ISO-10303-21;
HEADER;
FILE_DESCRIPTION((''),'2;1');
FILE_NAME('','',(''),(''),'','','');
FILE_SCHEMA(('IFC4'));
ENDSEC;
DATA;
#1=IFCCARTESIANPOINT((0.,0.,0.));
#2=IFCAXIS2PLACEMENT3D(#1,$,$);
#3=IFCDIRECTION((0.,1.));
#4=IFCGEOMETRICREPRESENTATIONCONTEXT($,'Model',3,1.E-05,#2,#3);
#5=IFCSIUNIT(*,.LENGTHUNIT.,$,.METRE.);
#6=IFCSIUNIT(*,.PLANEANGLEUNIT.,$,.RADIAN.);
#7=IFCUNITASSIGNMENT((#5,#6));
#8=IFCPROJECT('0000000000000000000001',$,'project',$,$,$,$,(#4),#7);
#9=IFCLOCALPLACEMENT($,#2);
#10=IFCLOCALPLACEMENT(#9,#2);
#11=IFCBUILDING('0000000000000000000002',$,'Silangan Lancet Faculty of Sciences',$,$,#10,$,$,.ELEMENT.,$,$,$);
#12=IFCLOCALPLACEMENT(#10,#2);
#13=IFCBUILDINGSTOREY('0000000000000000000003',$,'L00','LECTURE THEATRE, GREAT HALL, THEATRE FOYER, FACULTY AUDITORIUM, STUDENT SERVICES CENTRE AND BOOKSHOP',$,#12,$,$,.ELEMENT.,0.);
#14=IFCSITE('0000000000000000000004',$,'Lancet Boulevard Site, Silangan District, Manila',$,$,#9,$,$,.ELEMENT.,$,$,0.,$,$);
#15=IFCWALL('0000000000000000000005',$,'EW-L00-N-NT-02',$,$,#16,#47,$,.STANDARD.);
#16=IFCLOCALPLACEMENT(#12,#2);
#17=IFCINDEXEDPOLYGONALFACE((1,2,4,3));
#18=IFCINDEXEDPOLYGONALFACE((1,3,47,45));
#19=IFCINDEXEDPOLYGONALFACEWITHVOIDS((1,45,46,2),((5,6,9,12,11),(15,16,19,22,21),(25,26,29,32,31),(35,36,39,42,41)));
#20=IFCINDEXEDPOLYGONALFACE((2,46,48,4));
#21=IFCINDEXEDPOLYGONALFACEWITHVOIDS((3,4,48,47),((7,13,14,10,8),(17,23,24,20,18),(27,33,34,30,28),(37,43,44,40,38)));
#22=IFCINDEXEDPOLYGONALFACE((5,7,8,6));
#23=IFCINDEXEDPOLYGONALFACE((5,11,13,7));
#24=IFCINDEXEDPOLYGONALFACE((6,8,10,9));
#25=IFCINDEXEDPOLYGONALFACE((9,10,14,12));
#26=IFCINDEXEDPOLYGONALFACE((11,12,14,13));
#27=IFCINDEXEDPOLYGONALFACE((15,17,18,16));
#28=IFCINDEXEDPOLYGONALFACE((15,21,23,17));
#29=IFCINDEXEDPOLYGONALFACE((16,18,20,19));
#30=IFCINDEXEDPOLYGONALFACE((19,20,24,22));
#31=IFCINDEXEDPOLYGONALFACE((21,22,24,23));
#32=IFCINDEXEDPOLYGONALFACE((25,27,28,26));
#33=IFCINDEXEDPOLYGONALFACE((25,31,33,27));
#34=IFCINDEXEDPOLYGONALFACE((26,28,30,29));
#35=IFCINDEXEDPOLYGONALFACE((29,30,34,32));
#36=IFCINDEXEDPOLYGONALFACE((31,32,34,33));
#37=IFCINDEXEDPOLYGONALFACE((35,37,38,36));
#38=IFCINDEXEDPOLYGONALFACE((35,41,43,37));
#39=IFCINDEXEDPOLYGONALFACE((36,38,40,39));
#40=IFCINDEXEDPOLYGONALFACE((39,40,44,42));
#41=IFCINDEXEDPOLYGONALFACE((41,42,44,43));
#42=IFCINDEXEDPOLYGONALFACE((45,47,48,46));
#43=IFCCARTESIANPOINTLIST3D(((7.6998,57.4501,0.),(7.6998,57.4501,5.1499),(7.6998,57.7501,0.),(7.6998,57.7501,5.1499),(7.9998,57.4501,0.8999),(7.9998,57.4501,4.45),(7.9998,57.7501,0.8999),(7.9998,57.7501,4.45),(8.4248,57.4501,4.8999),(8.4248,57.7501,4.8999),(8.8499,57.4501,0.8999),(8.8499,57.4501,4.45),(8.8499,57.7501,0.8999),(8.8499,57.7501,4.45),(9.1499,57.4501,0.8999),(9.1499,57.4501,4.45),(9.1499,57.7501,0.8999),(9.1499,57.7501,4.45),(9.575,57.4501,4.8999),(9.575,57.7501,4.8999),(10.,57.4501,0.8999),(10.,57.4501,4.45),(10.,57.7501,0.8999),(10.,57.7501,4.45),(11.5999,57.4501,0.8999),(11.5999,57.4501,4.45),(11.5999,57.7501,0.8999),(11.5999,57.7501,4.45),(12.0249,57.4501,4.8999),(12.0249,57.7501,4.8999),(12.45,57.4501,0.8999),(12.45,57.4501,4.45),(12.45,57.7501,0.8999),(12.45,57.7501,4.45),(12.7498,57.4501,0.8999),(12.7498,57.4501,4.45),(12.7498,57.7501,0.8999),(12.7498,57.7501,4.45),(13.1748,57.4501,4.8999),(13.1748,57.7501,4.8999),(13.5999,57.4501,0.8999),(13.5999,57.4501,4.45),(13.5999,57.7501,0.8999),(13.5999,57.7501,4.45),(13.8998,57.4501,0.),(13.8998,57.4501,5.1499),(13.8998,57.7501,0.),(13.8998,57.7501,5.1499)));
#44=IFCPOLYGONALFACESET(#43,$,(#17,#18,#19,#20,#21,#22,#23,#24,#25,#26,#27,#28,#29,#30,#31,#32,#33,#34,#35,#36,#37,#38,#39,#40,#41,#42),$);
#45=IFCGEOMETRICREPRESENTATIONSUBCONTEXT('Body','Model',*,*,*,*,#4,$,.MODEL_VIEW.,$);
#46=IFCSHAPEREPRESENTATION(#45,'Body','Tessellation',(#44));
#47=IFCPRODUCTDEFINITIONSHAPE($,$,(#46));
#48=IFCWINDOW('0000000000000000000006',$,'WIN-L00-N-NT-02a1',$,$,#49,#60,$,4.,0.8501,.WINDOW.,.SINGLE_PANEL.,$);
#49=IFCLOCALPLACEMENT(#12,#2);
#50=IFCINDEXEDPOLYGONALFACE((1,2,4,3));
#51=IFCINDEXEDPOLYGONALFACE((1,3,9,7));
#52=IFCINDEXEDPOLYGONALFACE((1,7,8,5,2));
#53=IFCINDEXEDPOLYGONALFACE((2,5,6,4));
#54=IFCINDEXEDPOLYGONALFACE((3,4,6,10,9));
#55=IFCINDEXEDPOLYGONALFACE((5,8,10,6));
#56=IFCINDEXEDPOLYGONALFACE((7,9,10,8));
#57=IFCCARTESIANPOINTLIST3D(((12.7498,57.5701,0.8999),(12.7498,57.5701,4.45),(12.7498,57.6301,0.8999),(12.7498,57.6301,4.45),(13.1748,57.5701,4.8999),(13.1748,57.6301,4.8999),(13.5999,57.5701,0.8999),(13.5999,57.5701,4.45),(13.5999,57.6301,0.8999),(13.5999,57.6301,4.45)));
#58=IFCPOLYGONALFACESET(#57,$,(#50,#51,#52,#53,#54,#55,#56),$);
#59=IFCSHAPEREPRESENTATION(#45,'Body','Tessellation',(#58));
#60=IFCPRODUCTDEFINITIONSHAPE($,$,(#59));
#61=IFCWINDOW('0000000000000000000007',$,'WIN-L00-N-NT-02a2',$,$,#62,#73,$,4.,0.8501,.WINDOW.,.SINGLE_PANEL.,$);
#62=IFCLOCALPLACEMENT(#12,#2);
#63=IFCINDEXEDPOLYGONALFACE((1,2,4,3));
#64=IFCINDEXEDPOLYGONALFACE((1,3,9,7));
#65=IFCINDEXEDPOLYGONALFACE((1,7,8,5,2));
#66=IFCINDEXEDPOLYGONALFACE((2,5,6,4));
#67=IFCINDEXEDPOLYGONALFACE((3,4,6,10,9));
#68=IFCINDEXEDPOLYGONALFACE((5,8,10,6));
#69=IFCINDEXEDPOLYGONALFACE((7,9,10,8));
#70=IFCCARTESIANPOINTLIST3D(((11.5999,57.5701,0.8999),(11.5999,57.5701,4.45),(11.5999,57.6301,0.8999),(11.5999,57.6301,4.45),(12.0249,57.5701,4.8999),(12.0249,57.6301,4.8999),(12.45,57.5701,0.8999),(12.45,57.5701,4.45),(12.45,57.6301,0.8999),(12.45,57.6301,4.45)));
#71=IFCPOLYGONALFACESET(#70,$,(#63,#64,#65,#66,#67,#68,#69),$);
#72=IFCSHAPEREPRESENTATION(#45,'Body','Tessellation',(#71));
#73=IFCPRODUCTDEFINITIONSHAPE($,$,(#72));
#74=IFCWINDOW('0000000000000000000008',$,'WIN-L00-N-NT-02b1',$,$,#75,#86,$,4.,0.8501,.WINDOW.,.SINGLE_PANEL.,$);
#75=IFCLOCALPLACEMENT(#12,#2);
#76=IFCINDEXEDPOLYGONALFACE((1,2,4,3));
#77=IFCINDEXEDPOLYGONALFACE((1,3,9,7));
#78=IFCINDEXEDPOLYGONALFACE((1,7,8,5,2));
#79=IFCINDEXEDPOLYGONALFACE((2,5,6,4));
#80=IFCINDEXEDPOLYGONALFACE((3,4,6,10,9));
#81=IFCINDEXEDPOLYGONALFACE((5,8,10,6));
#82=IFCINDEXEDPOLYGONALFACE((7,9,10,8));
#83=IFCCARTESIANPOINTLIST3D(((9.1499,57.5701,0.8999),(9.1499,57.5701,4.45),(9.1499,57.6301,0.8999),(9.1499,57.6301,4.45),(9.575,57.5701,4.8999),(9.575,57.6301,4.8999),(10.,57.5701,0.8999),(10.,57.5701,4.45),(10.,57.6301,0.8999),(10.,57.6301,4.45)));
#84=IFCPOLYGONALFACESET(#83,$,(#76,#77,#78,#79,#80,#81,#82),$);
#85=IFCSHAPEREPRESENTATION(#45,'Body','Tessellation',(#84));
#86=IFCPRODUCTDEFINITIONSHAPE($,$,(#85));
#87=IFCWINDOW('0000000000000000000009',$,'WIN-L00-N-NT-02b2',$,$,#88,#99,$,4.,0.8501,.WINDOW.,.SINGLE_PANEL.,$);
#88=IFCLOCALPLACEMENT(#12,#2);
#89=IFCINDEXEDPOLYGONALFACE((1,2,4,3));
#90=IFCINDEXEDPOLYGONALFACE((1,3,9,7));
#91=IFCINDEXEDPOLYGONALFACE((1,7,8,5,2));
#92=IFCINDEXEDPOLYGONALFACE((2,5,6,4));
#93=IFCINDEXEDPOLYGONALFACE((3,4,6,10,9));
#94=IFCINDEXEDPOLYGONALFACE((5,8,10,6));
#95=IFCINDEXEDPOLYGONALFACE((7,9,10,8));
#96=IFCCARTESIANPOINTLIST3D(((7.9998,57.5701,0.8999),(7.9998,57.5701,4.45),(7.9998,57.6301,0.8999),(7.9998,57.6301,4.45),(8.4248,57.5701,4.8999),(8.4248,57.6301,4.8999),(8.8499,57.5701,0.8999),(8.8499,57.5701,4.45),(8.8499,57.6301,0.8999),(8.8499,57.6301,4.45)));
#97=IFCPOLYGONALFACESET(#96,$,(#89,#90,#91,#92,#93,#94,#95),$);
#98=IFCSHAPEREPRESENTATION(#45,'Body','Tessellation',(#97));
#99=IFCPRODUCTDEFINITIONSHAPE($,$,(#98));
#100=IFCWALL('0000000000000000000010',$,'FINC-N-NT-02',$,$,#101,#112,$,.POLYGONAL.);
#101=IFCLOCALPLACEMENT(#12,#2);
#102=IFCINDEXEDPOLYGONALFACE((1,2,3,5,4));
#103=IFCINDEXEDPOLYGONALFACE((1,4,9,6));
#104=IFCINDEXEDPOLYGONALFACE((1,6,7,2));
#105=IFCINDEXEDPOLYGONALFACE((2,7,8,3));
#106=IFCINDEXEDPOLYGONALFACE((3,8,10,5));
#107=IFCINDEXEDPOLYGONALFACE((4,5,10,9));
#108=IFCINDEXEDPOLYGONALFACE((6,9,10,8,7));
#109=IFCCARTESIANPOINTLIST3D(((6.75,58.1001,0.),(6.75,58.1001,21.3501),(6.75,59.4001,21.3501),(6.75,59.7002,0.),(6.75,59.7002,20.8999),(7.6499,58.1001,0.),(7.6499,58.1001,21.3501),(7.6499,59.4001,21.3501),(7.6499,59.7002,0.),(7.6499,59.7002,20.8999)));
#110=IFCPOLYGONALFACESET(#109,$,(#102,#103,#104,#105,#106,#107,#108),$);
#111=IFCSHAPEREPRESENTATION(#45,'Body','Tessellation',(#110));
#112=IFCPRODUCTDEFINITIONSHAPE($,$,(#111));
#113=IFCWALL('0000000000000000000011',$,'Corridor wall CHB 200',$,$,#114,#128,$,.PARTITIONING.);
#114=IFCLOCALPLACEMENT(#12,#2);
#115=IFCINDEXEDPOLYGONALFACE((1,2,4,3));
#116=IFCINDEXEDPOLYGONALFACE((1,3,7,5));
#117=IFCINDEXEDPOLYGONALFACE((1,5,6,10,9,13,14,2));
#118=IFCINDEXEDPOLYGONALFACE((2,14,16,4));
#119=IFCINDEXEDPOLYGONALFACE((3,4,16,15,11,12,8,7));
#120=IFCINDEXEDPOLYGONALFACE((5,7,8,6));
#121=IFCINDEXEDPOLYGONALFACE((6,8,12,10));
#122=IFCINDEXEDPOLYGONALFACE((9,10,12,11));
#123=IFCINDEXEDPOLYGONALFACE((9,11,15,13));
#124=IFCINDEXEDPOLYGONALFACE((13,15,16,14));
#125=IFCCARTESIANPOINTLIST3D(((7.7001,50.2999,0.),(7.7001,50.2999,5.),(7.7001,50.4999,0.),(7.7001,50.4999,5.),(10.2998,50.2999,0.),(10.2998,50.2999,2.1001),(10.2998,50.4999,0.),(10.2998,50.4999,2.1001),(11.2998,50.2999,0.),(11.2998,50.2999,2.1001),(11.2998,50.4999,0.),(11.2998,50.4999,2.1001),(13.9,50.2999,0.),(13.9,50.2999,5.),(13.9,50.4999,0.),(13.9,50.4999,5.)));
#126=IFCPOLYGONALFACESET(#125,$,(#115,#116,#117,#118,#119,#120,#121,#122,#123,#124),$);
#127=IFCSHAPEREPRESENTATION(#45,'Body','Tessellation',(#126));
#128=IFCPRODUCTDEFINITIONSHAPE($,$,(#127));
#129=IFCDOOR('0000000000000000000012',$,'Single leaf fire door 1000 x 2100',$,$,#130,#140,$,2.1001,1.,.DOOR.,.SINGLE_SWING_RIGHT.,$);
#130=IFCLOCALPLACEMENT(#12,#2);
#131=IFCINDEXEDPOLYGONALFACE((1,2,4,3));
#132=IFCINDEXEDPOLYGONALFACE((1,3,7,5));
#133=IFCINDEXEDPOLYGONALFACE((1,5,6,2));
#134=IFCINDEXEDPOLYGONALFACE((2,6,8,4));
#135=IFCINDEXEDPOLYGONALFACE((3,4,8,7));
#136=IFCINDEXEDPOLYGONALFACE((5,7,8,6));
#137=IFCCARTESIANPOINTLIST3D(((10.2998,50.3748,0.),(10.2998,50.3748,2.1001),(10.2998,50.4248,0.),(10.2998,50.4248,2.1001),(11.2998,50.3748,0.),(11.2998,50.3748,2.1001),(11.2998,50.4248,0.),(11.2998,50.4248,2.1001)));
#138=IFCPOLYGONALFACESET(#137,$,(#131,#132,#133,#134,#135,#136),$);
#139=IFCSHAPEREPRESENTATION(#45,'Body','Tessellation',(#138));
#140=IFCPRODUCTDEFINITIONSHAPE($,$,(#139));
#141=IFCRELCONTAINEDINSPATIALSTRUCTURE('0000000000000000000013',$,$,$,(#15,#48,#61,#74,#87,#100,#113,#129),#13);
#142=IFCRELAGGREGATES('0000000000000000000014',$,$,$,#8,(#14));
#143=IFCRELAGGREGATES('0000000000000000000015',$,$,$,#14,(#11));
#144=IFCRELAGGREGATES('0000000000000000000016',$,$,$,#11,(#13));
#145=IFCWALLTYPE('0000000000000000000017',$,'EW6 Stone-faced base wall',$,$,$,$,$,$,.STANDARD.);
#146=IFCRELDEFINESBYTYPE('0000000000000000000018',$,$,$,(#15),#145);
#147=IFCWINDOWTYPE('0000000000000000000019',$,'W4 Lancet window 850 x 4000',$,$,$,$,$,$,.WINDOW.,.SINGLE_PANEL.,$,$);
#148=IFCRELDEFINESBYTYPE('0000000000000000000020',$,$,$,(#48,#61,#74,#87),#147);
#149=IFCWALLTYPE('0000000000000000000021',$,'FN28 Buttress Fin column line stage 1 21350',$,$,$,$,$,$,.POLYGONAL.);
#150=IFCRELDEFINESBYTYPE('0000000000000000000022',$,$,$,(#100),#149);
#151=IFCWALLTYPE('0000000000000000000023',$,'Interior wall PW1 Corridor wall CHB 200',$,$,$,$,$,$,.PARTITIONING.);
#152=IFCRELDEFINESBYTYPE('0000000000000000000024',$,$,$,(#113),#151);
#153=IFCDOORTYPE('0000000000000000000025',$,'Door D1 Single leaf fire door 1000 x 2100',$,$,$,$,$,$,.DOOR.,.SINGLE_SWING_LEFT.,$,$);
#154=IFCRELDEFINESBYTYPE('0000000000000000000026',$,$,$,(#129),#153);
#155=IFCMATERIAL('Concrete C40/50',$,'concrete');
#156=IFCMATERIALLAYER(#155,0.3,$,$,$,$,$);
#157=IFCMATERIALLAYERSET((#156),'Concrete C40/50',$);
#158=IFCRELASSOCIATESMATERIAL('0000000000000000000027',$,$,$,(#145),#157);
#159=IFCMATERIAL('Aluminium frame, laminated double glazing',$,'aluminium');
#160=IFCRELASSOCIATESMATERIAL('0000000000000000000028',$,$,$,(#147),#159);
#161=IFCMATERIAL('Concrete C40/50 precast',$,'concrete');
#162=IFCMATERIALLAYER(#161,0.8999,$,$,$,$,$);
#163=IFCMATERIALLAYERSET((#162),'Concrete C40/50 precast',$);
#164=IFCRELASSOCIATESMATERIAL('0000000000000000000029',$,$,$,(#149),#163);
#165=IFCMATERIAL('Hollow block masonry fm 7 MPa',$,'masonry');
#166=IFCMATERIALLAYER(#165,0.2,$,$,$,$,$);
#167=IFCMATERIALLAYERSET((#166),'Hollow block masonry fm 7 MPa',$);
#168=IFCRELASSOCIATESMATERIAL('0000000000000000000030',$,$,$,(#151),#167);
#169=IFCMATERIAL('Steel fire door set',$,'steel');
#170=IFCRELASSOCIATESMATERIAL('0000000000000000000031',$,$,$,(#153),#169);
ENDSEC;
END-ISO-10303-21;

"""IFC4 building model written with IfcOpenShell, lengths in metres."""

from ifc_helpers import new_model, si_unit, direction, frame, frame_2d, origin, place, context, subcontext, project, spatial, polyline, rectangle, outline, extrude, material, layer, layer_set, type_object, element, fill, save


model = new_model("IFC4")

# Units and contexts
model_context = context("Model", 3, precision=1e-05, world=origin(), true_north=direction((0.0, 1.0)))
body_context = subcontext(model_context, "Body", "Model", "MODEL_VIEW")
ifc_project = project(units=[si_unit("LENGTHUNIT", "METRE"), si_unit("PLANEANGLEUNIT", "RADIAN")], contexts=[model_context])

# Site, building, storey
site_placement = place(None, origin())
site = spatial("IfcSite", under=ifc_project, at=site_placement, Name="Lancet Boulevard Site, Silangan District, Manila", CompositionType="ELEMENT", RefElevation=0.0)
building_placement = place(site_placement, origin())
building = spatial("IfcBuilding", under=site, at=building_placement, Name="Silangan Lancet Faculty of Sciences", CompositionType="ELEMENT")
storey_placement = place(building_placement, origin())
storey = spatial("IfcBuildingStorey", under=building, at=storey_placement, Name="L00", Description="LECTURE THEATRE, GREAT HALL, THEATRE FOYER, FACULTY AUDITORIUM, STUDENT SERVICES CENTRE AND BOOKSHOP", CompositionType="ELEMENT", Elevation=0.0)

# Wall, openings, windows
ifc_material_1 = material(Name="Concrete C40/50", Category="concrete")
ifc_layer_1 = layer(ifc_material_1, 0.3)
ifc_layer_set_1 = layer_set([ifc_layer_1], Name="Concrete C40/50")
wall_type_1 = type_object("IfcWallType", Name="EW6 Stone-faced base wall", PredefinedType="STANDARD", material=ifc_layer_set_1)
wall_1_placement = place(storey_placement, frame((13.8999, 57.6001, 0.0), z_axis=(0.0, 0.0, 1.0), x_axis=(-1.0, 0.0, 0.0)))
wall_1 = element("IfcWall", 1, at=wall_1_placement, inside=storey, type_object=wall_type_1, Name="EW-L00-N-NT-02", PredefinedType="STANDARD", context=body_context, shape_type="SweptSolid", body=[
    extrude(rectangle(XDim=6.2, YDim=0.3, at=frame_2d((3.1001, 0.0))), origin(), (0.0, 0.0, 1.0), 5.1499),
])
opening_1_placement = place(wall_1_placement, frame((0.3, 0.0, 0.8999)))
opening_1 = element("IfcOpeningElement", 2, at=opening_1_placement, cuts=wall_1, PredefinedType="OPENING", context=body_context, shape_type="SweptSolid", body=[
    extrude(outline(polyline([(0.0, 0.0), (0.8501, 0.0), (0.8501, 3.55), (0.425, 4.0), (0.0, 3.55), (0.0, 0.0)])), frame((0.0, 0.1599, 0.0), z_axis=(0.0, -1.0, 0.0), x_axis=(1.0, 0.0, 0.0)), (0.0, 0.0, 1.0), 0.3201),
])
opening_2_placement = place(wall_1_placement, frame((1.45, 0.0, 0.8999)))
opening_2 = element("IfcOpeningElement", 3, at=opening_2_placement, cuts=wall_1, PredefinedType="OPENING", context=body_context, shape_type="SweptSolid", body=[
    extrude(outline(polyline([(0.0, 0.0), (0.8501, 0.0), (0.8501, 3.55), (0.425, 4.0), (0.0, 3.55), (0.0, 0.0)])), frame((0.0, 0.1599, 0.0), z_axis=(0.0, -1.0, 0.0), x_axis=(1.0, 0.0, 0.0)), (0.0, 0.0, 1.0), 0.3201),
])
opening_3_placement = place(wall_1_placement, frame((3.8999, 0.0, 0.8999)))
opening_3 = element("IfcOpeningElement", 4, at=opening_3_placement, cuts=wall_1, PredefinedType="OPENING", context=body_context, shape_type="SweptSolid", body=[
    extrude(outline(polyline([(0.0, 0.0), (0.8501, 0.0), (0.8501, 3.55), (0.425, 4.0), (0.0, 3.55), (0.0, 0.0)])), frame((0.0, 0.1599, 0.0), z_axis=(0.0, -1.0, 0.0), x_axis=(1.0, 0.0, 0.0)), (0.0, 0.0, 1.0), 0.3201),
])
opening_4_placement = place(wall_1_placement, frame((5.05, 0.0, 0.8999)))
opening_4 = element("IfcOpeningElement", 5, at=opening_4_placement, cuts=wall_1, PredefinedType="OPENING", context=body_context, shape_type="SweptSolid", body=[
    extrude(outline(polyline([(0.0, 0.0), (0.8501, 0.0), (0.8501, 3.55), (0.425, 4.0), (0.0, 3.55), (0.0, 0.0)])), frame((0.0, 0.1599, 0.0), z_axis=(0.0, -1.0, 0.0), x_axis=(1.0, 0.0, 0.0)), (0.0, 0.0, 1.0), 0.3201),
])
ifc_material_2 = material(Name="Aluminium frame, laminated double glazing", Category="aluminium")
window_type_1 = type_object("IfcWindowType", Name="W4 Lancet window 850 x 4000", PartitioningType="SINGLE_PANEL", PredefinedType="WINDOW", material=ifc_material_2)
window_1_placement = place(opening_1_placement, origin())
window_1 = element("IfcWindow", 6, at=window_1_placement, inside=storey, type_object=window_type_1, Name="WIN-L00-N-NT-02a1", OverallHeight=4.0, OverallWidth=0.8501, PartitioningType="SINGLE_PANEL", PredefinedType="WINDOW", context=body_context, shape_type="SweptSolid", body=[
    extrude(outline(polyline([(0.0, 0.0), (0.8501, 0.0), (0.8501, 3.55), (0.425, 4.0), (0.0, 3.55), (0.0, 0.0)])), frame((0.0, 0.03, 0.0), z_axis=(0.0, -1.0, 0.0), x_axis=(1.0, 0.0, 0.0)), (0.0, 0.0, 1.0), 0.0601),
])
fill(opening_1, window_1)
window_2_placement = place(opening_2_placement, origin())
window_2 = element("IfcWindow", 7, at=window_2_placement, inside=storey, type_object=window_type_1, Name="WIN-L00-N-NT-02a2", OverallHeight=4.0, OverallWidth=0.8501, PartitioningType="SINGLE_PANEL", PredefinedType="WINDOW", context=body_context, shape_type="SweptSolid", body=[
    extrude(outline(polyline([(0.0, 0.0), (0.8501, 0.0), (0.8501, 3.55), (0.425, 4.0), (0.0, 3.55), (0.0, 0.0)])), frame((0.0, 0.03, 0.0), z_axis=(0.0, -1.0, 0.0), x_axis=(1.0, 0.0, 0.0)), (0.0, 0.0, 1.0), 0.0601),
])
fill(opening_2, window_2)
window_3_placement = place(opening_3_placement, origin())
window_3 = element("IfcWindow", 8, at=window_3_placement, inside=storey, type_object=window_type_1, Name="WIN-L00-N-NT-02b1", OverallHeight=4.0, OverallWidth=0.8501, PartitioningType="SINGLE_PANEL", PredefinedType="WINDOW", context=body_context, shape_type="SweptSolid", body=[
    extrude(outline(polyline([(0.0, 0.0), (0.8501, 0.0), (0.8501, 3.55), (0.425, 4.0), (0.0, 3.55), (0.0, 0.0)])), frame((0.0, 0.03, 0.0), z_axis=(0.0, -1.0, 0.0), x_axis=(1.0, 0.0, 0.0)), (0.0, 0.0, 1.0), 0.0601),
])
fill(opening_3, window_3)
window_4_placement = place(opening_4_placement, origin())
window_4 = element("IfcWindow", 9, at=window_4_placement, inside=storey, type_object=window_type_1, Name="WIN-L00-N-NT-02b2", OverallHeight=4.0, OverallWidth=0.8501, PartitioningType="SINGLE_PANEL", PredefinedType="WINDOW", context=body_context, shape_type="SweptSolid", body=[
    extrude(outline(polyline([(0.0, 0.0), (0.8501, 0.0), (0.8501, 3.55), (0.425, 4.0), (0.0, 3.55), (0.0, 0.0)])), frame((0.0, 0.03, 0.0), z_axis=(0.0, -1.0, 0.0), x_axis=(1.0, 0.0, 0.0)), (0.0, 0.0, 1.0), 0.0601),
])
fill(opening_4, window_4)

# Wall
ifc_material_3 = material(Name="Concrete C40/50 precast", Category="concrete")
ifc_layer_2 = layer(ifc_material_3, 0.8999)
ifc_layer_set_2 = layer_set([ifc_layer_2], Name="Concrete C40/50 precast")
wall_type_2 = type_object("IfcWallType", Name="FN28 Buttress Fin column line stage 1 21350", PredefinedType="POLYGONAL", material=ifc_layer_set_2)
wall_2_placement = place(storey_placement, frame((7.2, 58.1001, 0.0), z_axis=(0.0, 0.0, 1.0), x_axis=(0.0, 1.0, 0.0)))
element("IfcWall", 10, at=wall_2_placement, inside=storey, type_object=wall_type_2, Name="FINC-N-NT-02", PredefinedType="POLYGONAL", context=body_context, shape_type="SweptSolid", body=[
    extrude(outline(polyline([(1.6001, 0.0), (1.6001, 20.8999), (1.3, 21.3501), (0.0, 21.3501), (0.0, 0.0), (1.6001, 0.0)])), frame((0.0, 0.45, 0.0), z_axis=(0.0, -1.0, 0.0), x_axis=(1.0, 0.0, 0.0)), (0.0, 0.0, 1.0), 0.8999),
])

# Wall, opening, door
ifc_material_4 = material(Name="Hollow block masonry fm 7 MPa", Category="masonry")
ifc_layer_3 = layer(ifc_material_4, 0.2)
ifc_layer_set_3 = layer_set([ifc_layer_3], Name="Hollow block masonry fm 7 MPa")
wall_type_3 = type_object("IfcWallType", Name="Interior wall PW1 Corridor wall CHB 200", PredefinedType="PARTITIONING", material=ifc_layer_set_3)
wall_3_placement = place(storey_placement, frame((7.7, 50.3999, 0.0), z_axis=(0.0, 0.0, 1.0), x_axis=(1.0, 0.0, 0.0)))
wall_3 = element("IfcWall", 11, at=wall_3_placement, inside=storey, type_object=wall_type_3, Name="Corridor wall CHB 200", PredefinedType="PARTITIONING", context=body_context, shape_type="SweptSolid", body=[
    extrude(rectangle(XDim=6.2, YDim=0.2, at=frame_2d((3.1001, 0.0))), origin(), (0.0, 0.0, 1.0), 5.0),
])
opening_5_placement = place(wall_3_placement, frame((2.5999, 0.0, 0.0)))
opening_5 = element("IfcOpeningElement", 12, at=opening_5_placement, cuts=wall_3, PredefinedType="OPENING", context=body_context, shape_type="SweptSolid", body=[
    extrude(rectangle(XDim=1.0, YDim=2.1001, at=frame_2d((0.5, 1.05))), frame((0.0, 0.1099, 0.0), z_axis=(0.0, -1.0, 0.0), x_axis=(1.0, 0.0, 0.0)), (0.0, 0.0, 1.0), 0.22),
])
ifc_material_5 = material(Name="Steel fire door set", Category="steel")
door_type_1 = type_object("IfcDoorType", Name="Door D1 Single leaf fire door 1000 x 2100", OperationType="SINGLE_SWING_LEFT", PredefinedType="DOOR", material=ifc_material_5)
door_1_placement = place(opening_5_placement, origin())
door_1 = element("IfcDoor", 13, at=door_1_placement, inside=storey, type_object=door_type_1, Name="Single leaf fire door 1000 x 2100", OperationType="SINGLE_SWING_RIGHT", OverallHeight=2.1001, OverallWidth=1.0, PredefinedType="DOOR", context=body_context, shape_type="SweptSolid", body=[
    extrude(rectangle(XDim=1.0, YDim=2.1001, at=frame_2d((0.5, 1.05))), frame((0.0, 0.0249, 0.0), z_axis=(0.0, -1.0, 0.0), x_axis=(1.0, 0.0, 0.0)), (0.0, 0.0, 1.0), 0.05),
])
fill(opening_5, door_1)

save(model, "model.ifc")
